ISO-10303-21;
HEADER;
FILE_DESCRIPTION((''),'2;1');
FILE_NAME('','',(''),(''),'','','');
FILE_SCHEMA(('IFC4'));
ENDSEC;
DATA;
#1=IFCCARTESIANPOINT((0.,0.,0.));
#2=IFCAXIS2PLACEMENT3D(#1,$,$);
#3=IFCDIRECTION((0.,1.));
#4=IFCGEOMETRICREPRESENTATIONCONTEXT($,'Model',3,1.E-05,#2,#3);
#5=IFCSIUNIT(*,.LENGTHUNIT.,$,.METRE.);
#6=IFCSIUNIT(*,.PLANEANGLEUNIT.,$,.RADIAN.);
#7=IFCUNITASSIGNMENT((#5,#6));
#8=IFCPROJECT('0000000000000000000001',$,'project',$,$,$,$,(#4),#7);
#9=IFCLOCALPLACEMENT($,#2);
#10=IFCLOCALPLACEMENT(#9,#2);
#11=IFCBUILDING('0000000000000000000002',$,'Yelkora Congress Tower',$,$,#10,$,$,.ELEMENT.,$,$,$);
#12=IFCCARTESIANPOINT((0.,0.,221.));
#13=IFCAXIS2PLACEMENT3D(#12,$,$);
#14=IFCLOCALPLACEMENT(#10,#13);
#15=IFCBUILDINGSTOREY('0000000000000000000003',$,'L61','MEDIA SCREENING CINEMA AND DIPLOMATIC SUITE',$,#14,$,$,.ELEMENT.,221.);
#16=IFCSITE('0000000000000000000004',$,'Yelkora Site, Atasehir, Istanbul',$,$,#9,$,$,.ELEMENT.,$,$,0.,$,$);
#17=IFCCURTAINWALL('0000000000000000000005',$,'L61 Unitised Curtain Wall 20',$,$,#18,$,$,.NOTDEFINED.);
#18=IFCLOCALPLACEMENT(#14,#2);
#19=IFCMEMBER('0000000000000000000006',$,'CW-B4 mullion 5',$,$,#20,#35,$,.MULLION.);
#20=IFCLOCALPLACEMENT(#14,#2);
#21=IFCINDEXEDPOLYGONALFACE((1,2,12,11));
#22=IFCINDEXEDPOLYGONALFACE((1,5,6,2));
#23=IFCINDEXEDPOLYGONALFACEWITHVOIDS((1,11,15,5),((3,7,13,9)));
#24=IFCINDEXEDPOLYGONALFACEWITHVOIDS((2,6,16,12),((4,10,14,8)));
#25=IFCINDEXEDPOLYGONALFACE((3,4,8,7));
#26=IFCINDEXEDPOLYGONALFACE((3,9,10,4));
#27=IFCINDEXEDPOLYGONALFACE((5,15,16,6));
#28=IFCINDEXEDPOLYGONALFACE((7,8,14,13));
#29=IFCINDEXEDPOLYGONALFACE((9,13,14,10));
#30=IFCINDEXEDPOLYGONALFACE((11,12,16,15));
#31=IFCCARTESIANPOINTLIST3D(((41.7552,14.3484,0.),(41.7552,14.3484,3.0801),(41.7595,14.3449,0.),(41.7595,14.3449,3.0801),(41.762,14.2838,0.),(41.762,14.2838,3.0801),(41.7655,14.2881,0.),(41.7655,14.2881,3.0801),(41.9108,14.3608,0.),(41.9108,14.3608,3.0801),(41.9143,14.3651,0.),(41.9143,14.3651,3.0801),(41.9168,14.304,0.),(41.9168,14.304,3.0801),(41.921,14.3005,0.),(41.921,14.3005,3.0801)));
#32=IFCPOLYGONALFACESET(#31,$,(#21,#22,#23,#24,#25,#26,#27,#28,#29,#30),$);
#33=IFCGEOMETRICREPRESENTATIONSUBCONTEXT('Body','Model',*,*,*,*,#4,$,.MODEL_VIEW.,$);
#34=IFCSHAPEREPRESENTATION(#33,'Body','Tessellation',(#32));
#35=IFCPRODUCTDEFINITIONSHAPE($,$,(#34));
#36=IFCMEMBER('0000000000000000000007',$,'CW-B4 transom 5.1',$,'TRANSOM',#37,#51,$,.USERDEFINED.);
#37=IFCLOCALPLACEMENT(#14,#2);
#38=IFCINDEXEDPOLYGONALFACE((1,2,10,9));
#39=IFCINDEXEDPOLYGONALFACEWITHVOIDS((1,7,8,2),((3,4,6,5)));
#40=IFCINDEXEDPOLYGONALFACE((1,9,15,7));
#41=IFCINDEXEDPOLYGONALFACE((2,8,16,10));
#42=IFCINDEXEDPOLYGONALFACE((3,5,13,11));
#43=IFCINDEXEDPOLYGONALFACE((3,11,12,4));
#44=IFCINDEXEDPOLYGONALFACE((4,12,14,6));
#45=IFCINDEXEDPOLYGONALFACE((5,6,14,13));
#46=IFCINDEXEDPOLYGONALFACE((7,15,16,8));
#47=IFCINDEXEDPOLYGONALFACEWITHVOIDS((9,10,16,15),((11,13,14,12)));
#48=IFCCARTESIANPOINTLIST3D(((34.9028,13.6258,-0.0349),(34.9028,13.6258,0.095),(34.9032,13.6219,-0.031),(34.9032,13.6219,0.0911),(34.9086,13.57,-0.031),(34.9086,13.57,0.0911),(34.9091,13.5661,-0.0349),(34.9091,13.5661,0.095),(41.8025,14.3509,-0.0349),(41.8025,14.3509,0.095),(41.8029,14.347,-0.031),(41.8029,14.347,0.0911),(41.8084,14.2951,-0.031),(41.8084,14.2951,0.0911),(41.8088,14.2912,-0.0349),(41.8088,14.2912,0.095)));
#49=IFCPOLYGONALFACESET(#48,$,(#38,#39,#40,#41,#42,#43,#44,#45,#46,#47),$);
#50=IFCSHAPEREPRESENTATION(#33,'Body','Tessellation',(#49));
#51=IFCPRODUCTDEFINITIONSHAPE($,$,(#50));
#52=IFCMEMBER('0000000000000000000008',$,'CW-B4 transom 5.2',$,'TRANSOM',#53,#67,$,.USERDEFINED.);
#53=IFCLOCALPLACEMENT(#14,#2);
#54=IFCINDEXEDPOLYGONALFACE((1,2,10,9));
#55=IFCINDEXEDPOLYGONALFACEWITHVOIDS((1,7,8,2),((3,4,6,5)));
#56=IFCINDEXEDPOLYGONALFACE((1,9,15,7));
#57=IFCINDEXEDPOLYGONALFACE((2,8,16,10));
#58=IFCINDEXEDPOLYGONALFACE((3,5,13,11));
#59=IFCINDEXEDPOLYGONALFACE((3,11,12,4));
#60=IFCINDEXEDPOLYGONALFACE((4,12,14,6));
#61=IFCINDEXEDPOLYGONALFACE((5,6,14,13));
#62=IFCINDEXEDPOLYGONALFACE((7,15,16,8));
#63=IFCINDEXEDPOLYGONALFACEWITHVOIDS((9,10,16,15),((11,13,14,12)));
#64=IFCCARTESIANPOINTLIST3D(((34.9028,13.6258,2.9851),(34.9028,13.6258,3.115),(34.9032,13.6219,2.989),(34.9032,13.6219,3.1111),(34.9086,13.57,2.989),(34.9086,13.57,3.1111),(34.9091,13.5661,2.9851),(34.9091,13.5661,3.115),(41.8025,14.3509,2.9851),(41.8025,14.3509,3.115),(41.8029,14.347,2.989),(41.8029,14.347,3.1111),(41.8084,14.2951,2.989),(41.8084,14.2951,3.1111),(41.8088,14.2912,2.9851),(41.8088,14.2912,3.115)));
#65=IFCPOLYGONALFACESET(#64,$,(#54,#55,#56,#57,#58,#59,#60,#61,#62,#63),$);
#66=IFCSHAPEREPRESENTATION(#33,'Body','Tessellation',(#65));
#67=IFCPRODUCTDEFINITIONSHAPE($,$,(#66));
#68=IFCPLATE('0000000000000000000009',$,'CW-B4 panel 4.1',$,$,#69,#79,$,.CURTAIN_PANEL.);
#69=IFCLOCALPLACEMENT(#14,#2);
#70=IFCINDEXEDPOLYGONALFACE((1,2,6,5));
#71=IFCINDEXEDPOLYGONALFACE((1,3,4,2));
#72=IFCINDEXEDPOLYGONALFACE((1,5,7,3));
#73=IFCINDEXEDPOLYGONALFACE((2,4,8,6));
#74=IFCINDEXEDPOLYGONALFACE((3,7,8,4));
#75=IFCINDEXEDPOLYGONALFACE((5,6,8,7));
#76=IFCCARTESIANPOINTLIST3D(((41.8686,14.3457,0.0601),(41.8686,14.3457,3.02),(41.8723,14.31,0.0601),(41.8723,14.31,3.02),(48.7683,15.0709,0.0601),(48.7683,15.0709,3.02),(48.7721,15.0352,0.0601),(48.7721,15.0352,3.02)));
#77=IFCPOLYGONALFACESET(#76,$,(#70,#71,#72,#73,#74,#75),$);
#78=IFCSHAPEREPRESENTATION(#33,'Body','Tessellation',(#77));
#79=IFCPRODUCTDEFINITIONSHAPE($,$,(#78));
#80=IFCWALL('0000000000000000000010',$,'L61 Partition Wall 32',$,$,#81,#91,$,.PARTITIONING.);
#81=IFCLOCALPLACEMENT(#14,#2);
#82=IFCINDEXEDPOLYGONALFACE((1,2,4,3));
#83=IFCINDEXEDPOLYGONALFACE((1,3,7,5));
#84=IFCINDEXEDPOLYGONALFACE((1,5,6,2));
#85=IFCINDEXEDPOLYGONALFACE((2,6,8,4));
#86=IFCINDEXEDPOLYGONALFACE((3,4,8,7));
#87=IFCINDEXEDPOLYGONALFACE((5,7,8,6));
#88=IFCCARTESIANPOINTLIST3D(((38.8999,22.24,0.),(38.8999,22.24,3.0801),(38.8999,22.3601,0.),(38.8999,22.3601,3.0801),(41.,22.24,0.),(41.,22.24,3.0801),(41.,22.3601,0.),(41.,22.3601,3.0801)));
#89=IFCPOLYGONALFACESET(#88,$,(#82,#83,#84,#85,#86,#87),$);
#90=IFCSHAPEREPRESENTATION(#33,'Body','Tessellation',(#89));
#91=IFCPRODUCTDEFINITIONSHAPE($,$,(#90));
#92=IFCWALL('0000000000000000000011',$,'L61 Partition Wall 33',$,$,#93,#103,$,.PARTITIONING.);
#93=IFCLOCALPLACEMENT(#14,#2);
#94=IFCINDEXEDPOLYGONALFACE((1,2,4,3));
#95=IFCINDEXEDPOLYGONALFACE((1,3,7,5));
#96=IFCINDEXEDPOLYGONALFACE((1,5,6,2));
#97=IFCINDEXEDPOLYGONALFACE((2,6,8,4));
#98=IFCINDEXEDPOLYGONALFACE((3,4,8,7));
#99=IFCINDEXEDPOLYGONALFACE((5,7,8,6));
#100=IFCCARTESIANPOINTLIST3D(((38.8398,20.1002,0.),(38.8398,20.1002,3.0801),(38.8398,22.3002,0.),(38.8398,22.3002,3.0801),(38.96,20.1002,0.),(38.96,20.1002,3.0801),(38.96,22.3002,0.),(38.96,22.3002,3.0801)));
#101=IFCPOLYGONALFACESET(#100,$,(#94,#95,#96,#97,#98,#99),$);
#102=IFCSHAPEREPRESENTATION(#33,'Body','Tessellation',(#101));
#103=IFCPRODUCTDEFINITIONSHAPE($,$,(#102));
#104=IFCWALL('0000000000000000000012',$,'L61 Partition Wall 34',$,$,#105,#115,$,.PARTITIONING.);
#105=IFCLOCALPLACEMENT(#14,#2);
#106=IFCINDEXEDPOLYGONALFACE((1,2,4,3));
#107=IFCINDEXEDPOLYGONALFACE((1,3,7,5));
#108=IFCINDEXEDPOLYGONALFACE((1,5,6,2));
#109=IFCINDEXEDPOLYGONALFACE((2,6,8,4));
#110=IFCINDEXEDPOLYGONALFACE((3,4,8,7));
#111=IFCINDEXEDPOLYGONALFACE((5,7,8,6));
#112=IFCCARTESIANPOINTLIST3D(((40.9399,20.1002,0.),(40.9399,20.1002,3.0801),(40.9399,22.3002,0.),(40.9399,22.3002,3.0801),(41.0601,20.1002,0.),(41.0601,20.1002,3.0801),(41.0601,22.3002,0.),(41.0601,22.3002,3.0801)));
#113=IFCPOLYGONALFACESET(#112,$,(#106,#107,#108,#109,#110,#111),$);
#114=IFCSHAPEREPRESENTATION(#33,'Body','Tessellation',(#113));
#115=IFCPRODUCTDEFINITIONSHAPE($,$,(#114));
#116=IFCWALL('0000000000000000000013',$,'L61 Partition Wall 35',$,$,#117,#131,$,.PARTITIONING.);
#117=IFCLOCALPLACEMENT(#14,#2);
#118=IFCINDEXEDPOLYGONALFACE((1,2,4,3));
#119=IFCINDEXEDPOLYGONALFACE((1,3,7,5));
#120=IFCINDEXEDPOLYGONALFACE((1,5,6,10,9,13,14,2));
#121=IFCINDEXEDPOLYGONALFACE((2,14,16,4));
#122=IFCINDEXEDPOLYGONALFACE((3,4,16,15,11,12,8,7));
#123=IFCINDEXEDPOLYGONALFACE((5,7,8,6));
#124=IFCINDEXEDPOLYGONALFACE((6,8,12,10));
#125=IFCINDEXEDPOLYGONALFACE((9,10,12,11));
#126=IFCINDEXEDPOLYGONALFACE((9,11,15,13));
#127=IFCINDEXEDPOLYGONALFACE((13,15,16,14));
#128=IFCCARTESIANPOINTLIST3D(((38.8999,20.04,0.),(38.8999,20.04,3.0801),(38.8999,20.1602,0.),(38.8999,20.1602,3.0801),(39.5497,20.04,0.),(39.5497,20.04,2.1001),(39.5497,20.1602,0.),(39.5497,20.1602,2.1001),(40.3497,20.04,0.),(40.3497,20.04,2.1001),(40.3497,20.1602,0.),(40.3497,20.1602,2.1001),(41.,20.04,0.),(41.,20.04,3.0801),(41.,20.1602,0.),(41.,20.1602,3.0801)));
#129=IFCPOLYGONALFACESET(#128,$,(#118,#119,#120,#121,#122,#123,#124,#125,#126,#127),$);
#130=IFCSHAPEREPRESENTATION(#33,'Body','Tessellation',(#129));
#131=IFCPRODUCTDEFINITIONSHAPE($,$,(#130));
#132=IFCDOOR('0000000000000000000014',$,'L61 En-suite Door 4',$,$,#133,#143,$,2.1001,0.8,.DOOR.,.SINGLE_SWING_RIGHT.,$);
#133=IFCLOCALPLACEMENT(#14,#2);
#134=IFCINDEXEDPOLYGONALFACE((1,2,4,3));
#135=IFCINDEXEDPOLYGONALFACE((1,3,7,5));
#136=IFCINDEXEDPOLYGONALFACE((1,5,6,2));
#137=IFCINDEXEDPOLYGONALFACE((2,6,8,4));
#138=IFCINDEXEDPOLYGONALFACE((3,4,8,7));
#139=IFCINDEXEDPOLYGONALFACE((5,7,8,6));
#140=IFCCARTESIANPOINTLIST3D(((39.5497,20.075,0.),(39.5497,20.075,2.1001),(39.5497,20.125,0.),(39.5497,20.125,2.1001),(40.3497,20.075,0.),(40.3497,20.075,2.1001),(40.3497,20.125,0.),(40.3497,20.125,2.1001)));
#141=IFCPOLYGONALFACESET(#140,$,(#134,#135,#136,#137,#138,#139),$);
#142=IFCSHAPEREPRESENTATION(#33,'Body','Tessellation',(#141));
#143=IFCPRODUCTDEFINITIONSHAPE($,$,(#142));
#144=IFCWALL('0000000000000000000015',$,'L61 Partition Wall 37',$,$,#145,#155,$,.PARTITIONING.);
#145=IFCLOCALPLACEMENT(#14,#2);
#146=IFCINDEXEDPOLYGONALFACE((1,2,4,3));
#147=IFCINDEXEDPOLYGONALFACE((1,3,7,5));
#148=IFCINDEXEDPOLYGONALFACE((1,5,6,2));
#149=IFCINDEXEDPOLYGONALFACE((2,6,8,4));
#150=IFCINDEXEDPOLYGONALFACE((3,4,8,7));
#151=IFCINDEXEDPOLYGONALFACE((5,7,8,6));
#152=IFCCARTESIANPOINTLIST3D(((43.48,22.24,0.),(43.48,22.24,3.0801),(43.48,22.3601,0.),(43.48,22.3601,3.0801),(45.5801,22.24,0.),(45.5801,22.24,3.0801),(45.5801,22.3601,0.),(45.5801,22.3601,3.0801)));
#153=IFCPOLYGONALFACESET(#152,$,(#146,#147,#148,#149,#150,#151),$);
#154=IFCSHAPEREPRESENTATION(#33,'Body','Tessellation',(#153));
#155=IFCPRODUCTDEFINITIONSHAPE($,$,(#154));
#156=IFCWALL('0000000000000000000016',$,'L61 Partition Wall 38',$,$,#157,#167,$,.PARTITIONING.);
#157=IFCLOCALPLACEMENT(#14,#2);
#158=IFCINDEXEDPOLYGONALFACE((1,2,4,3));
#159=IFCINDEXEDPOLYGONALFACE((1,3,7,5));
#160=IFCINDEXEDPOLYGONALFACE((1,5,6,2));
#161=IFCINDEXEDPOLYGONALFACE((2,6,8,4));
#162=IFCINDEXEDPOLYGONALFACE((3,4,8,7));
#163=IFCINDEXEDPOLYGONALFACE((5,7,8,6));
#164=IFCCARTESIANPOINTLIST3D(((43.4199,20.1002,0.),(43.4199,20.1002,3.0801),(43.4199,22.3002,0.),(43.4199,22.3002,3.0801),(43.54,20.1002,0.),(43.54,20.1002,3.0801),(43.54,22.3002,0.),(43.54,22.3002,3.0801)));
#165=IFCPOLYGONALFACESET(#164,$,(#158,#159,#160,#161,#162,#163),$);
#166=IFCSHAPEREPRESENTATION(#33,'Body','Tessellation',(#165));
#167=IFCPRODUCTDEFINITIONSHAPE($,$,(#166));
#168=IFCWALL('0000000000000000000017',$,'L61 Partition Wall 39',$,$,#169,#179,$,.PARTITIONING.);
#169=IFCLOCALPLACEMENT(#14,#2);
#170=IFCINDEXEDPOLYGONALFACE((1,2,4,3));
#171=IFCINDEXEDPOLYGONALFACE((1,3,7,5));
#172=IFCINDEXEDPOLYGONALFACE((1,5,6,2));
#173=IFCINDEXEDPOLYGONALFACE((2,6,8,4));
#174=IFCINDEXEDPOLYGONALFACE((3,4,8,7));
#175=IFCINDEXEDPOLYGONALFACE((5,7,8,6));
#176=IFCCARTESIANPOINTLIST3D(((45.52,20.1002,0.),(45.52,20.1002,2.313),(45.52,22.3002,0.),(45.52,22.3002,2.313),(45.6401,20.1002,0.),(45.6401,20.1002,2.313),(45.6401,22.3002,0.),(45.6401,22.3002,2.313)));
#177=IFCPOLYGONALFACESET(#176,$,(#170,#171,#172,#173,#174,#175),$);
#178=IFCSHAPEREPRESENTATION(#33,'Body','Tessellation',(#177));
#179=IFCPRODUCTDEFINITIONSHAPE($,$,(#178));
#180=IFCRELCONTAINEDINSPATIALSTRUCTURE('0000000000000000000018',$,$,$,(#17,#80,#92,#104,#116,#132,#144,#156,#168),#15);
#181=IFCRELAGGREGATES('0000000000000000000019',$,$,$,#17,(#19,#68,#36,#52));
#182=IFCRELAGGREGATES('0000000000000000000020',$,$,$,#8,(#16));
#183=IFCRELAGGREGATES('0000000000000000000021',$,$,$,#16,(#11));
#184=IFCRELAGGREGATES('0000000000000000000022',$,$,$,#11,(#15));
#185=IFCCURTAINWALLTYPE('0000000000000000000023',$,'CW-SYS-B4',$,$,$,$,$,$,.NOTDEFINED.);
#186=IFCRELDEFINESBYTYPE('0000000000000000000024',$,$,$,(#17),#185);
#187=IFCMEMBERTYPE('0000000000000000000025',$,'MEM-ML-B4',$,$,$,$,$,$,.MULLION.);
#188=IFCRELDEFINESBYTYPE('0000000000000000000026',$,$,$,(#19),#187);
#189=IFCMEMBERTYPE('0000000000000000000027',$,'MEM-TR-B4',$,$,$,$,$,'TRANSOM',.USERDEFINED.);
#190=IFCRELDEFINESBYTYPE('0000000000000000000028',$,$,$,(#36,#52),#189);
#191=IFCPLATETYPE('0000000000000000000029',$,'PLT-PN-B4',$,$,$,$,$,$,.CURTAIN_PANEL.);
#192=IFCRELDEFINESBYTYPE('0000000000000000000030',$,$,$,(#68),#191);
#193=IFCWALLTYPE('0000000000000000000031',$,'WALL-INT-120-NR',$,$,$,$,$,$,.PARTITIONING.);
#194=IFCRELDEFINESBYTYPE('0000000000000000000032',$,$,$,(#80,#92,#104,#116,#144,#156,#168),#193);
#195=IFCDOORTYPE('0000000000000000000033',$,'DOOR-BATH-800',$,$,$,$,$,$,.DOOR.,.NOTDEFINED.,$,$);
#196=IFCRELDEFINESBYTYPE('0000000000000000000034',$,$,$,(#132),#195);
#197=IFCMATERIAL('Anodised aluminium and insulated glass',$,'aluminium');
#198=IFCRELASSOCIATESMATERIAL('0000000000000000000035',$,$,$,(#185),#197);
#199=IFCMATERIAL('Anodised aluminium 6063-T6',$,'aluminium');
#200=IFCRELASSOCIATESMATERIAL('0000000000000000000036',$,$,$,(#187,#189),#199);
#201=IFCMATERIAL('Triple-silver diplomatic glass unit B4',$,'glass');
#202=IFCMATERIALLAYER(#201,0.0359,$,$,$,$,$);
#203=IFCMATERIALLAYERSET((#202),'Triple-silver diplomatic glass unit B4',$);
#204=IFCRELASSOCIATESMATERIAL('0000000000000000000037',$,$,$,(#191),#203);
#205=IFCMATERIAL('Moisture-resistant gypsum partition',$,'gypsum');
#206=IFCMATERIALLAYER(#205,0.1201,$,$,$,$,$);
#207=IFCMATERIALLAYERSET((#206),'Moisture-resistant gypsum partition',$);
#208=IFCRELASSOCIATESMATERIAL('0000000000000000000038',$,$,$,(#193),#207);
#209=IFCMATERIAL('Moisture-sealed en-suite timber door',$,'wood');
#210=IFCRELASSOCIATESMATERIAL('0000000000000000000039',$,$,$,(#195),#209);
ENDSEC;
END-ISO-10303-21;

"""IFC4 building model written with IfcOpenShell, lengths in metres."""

from ifc_helpers import new_model, si_unit, direction, frame, frame_2d, origin, origin_2d, place, context, subcontext, project, spatial, rectangle, hollow_rectangle, extrude, material, layer, layer_set, material_profile, profile_set, type_object, element, fill, aggregate, save


model = new_model("IFC4")

# Units and contexts
model_context = context("Model", 3, precision=1e-05, world=origin(), true_north=direction((0.0, 1.0)))
body_context = subcontext(model_context, "Body", "Model", "MODEL_VIEW")
ifc_project = project(units=[si_unit("LENGTHUNIT", "METRE"), si_unit("PLANEANGLEUNIT", "RADIAN")], contexts=[model_context])

# Site, building, storey
site_placement = place(None, origin())
site = spatial("IfcSite", under=ifc_project, at=site_placement, Name="Yelkora Site, Atasehir, Istanbul", CompositionType="ELEMENT", RefElevation=0.0)
building_placement = place(site_placement, origin())
building = spatial("IfcBuilding", under=site, at=building_placement, Name="Yelkora Congress Tower", CompositionType="ELEMENT")
storey_placement = place(building_placement, frame((0.0, 0.0, 221.0)))
storey = spatial("IfcBuildingStorey", under=building, at=storey_placement, Name="L61", Description="MEDIA SCREENING CINEMA AND DIPLOMATIC SUITE", CompositionType="ELEMENT", Elevation=221.0)

# Curtain wall, members, plate
ifc_material_1 = material(Name="Anodised aluminium and insulated glass", Category="aluminium")
curtain_wall_type = type_object("IfcCurtainWallType", Name="CW-SYS-B4", PredefinedType="NOTDEFINED", material=ifc_material_1)
curtain_wall_placement = place(storey_placement, origin())
curtain_wall = element("IfcCurtainWall", 1, at=curtain_wall_placement, inside=storey, type_object=curtain_wall_type, Name="L61 Unitised Curtain Wall 20", PredefinedType="NOTDEFINED")
ifc_material_2 = material(Name="Anodised aluminium 6063-T6", Category="aluminium")
ifc_material_profile_1 = material_profile(ifc_material_2, hollow_rectangle(XDim=0.0649, YDim=0.1599, WallThickness=0.0039, at=origin_2d()), Name="ALU 65x160x4")
ifc_profile_set_1 = profile_set([ifc_material_profile_1], Name="Anodised aluminium 6063-T6")
member_type_1 = type_object("IfcMemberType", Name="MEM-ML-B4", PredefinedType="MULLION", material=ifc_profile_set_1)
member_1_placement = place(storey_placement, frame((41.8381, 14.3245, 0.0), z_axis=(0.0, 0.0, 1.0), x_axis=(0.104527, -0.994522, 0.0)))
member_1 = element("IfcMember", 2, at=member_1_placement, type_object=member_type_1, Name="CW-B4 mullion 5", PredefinedType="MULLION", context=body_context, shape_type="SweptSolid", body=[
    extrude(hollow_rectangle(XDim=0.0649, YDim=0.1599, WallThickness=0.0039, at=origin_2d()), origin(), (0.0, 0.0, 1.0), 3.0801),
])
ifc_material_profile_2 = material_profile(ifc_material_2, hollow_rectangle(XDim=0.0601, YDim=0.1299, WallThickness=0.0039, at=origin_2d()), Name="ALU 60x130x4")
ifc_profile_set_2 = profile_set([ifc_material_profile_2], Name="Anodised aluminium 6063-T6")
member_type_2 = type_object("IfcMemberType", Name="MEM-TR-B4", ElementType="TRANSOM", PredefinedType="USERDEFINED", material=ifc_profile_set_2)
member_2_placement = place(storey_placement, frame((41.8057, 14.321, 0.03), z_axis=(-0.994523, -0.104516, 0.0), x_axis=(0.104516, -0.994523, 0.0)))
member_2 = element("IfcMember", 3, at=member_2_placement, type_object=member_type_2, Name="CW-B4 transom 5.1", ObjectType="TRANSOM", PredefinedType="USERDEFINED", context=body_context, shape_type="SweptSolid", body=[
    extrude(hollow_rectangle(XDim=0.0601, YDim=0.1299, WallThickness=0.0039, at=origin_2d()), origin(), (0.0, 0.0, 1.0), 6.9377),
])
member_3_placement = place(storey_placement, frame((41.8057, 14.321, 3.05), z_axis=(-0.994523, -0.104516, 0.0), x_axis=(0.104516, -0.994523, 0.0)))
member_3 = element("IfcMember", 4, at=member_3_placement, type_object=member_type_2, Name="CW-B4 transom 5.2", ObjectType="TRANSOM", PredefinedType="USERDEFINED", context=body_context, shape_type="SweptSolid", body=[
    extrude(hollow_rectangle(XDim=0.0601, YDim=0.1299, WallThickness=0.0039, at=origin_2d()), origin(), (0.0, 0.0, 1.0), 6.9377),
])
ifc_material_3 = material(Name="Triple-silver diplomatic glass unit B4", Category="glass")
ifc_layer_1 = layer(ifc_material_3, 0.0359)
ifc_layer_set_1 = layer_set([ifc_layer_1], Name="Triple-silver diplomatic glass unit B4")
plate_type = type_object("IfcPlateType", Name="PLT-PN-B4", PredefinedType="CURTAIN_PANEL", material=ifc_layer_set_1)
plate_placement = place(storey_placement, frame((45.3203, 14.6904, 0.0601), z_axis=(0.0, 0.0, 1.0), x_axis=(-0.994522, -0.104527, 0.0)))
plate = element("IfcPlate", 5, at=plate_placement, type_object=plate_type, Name="CW-B4 panel 4.1", PredefinedType="CURTAIN_PANEL", context=body_context, shape_type="SweptSolid", body=[
    extrude(rectangle(XDim=6.9377, YDim=0.0359, at=origin_2d()), origin(), (0.0, 0.0, 1.0), 2.96),
])
aggregate(curtain_wall, [member_1, plate, member_2, member_3])

# Walls
ifc_material_4 = material(Name="Moisture-resistant gypsum partition", Category="gypsum")
ifc_layer_2 = layer(ifc_material_4, 0.1201)
ifc_layer_set_2 = layer_set([ifc_layer_2], Name="Moisture-resistant gypsum partition")
wall_type_1 = type_object("IfcWallType", Name="WALL-INT-120-NR", PredefinedType="PARTITIONING", material=ifc_layer_set_2)
wall_1_placement = place(storey_placement, frame((38.8999, 22.3, 0.0), z_axis=(0.0, 0.0, 1.0), x_axis=(1.0, 0.0, 0.0)))
element("IfcWall", 6, at=wall_1_placement, inside=storey, type_object=wall_type_1, Name="L61 Partition Wall 32", PredefinedType="PARTITIONING", context=body_context, shape_type="SweptSolid", body=[
    extrude(rectangle(XDim=2.1001, YDim=0.1201, at=frame_2d((1.05, 0.0))), origin(), (0.0, 0.0, 1.0), 3.0801),
])
for number, where, z_axis, x_axis, name in (
    (7, (38.8999, 20.1001, 0.0), (0.0, 0.0, 1.0), (0.0, 1.0, 0.0), "L61 Partition Wall 33"),
    (8, (41.0, 20.1001, 0.0), (0.0, 0.0, 1.0), (0.0, 1.0, 0.0), "L61 Partition Wall 34"),
):
    element("IfcWall", number, at=place(storey_placement, frame(where, z_axis=z_axis, x_axis=x_axis)), inside=storey, type_object=wall_type_1, Name=name, PredefinedType="PARTITIONING", context=body_context, shape_type="SweptSolid", body=[
        extrude(rectangle(XDim=2.2, YDim=0.1201, at=frame_2d((1.1001, 0.0))), origin(), (0.0, 0.0, 1.0), 3.0801),
    ])

# Wall, opening, door
wall_2_placement = place(storey_placement, frame((38.8999, 20.1001, 0.0), z_axis=(0.0, 0.0, 1.0), x_axis=(1.0, 0.0, 0.0)))
wall_2 = element("IfcWall", 9, at=wall_2_placement, inside=storey, type_object=wall_type_1, Name="L61 Partition Wall 35", PredefinedType="PARTITIONING", context=body_context, shape_type="SweptSolid", body=[
    extrude(rectangle(XDim=2.1001, YDim=0.1201, at=frame_2d((1.05, 0.0))), origin(), (0.0, 0.0, 1.0), 3.0801),
])
opening_1_placement = place(wall_2_placement, frame((0.6499, 0.0, 0.0)))
opening_1 = element("IfcOpeningElement", 10, at=opening_1_placement, cuts=wall_2, PredefinedType="OPENING", context=body_context, shape_type="SweptSolid", body=[
    extrude(rectangle(XDim=0.8, YDim=2.1001, at=frame_2d((0.3999, 1.05))), frame((0.0, 0.0701, 0.0), z_axis=(0.0, -1.0, 0.0), x_axis=(1.0, 0.0, 0.0)), (0.0, 0.0, 1.0), 0.1401),
])
ifc_material_5 = material(Name="Moisture-sealed en-suite timber door", Category="wood")
door_type = type_object("IfcDoorType", Name="DOOR-BATH-800", OperationType="NOTDEFINED", PredefinedType="DOOR", material=ifc_material_5)
door_1_placement = place(opening_1_placement, origin())
door_1 = element("IfcDoor", 11, at=door_1_placement, inside=storey, type_object=door_type, Name="L61 En-suite Door 4", OperationType="SINGLE_SWING_RIGHT", OverallHeight=2.1001, OverallWidth=0.8, PredefinedType="DOOR", context=body_context, shape_type="SweptSolid", body=[
    extrude(rectangle(XDim=0.8, YDim=2.1001, at=frame_2d((0.3999, 1.05))), frame((0.0, 0.0249, 0.0), z_axis=(0.0, -1.0, 0.0), x_axis=(1.0, 0.0, 0.0)), (0.0, 0.0, 1.0), 0.05),
])
fill(opening_1, door_1)

# Walls
wall_3_placement = place(storey_placement, frame((43.48, 22.3, 0.0), z_axis=(0.0, 0.0, 1.0), x_axis=(1.0, 0.0, 0.0)))
element("IfcWall", 12, at=wall_3_placement, inside=storey, type_object=wall_type_1, Name="L61 Partition Wall 37", PredefinedType="PARTITIONING", context=body_context, shape_type="SweptSolid", body=[
    extrude(rectangle(XDim=2.1001, YDim=0.1201, at=frame_2d((1.05, 0.0))), origin(), (0.0, 0.0, 1.0), 3.0801),
])
wall_4_placement = place(storey_placement, frame((43.48, 20.1001, 0.0), z_axis=(0.0, 0.0, 1.0), x_axis=(0.0, 1.0, 0.0)))
element("IfcWall", 13, at=wall_4_placement, inside=storey, type_object=wall_type_1, Name="L61 Partition Wall 38", PredefinedType="PARTITIONING", context=body_context, shape_type="SweptSolid", body=[
    extrude(rectangle(XDim=2.2, YDim=0.1201, at=frame_2d((1.1001, 0.0))), origin(), (0.0, 0.0, 1.0), 3.0801),
])
wall_5_placement = place(storey_placement, frame((45.5801, 20.1001, 0.0), z_axis=(0.0, 0.0, 1.0), x_axis=(0.0, 1.0, 0.0)))
element("IfcWall", 14, at=wall_5_placement, inside=storey, type_object=wall_type_1, Name="L61 Partition Wall 39", PredefinedType="PARTITIONING", context=body_context, shape_type="SweptSolid", body=[
    extrude(rectangle(XDim=2.2, YDim=0.1201, at=frame_2d((1.1001, 0.0))), origin(), (0.0, 0.0, 1.0), 2.313),
])

save(model, "model.ifc")
